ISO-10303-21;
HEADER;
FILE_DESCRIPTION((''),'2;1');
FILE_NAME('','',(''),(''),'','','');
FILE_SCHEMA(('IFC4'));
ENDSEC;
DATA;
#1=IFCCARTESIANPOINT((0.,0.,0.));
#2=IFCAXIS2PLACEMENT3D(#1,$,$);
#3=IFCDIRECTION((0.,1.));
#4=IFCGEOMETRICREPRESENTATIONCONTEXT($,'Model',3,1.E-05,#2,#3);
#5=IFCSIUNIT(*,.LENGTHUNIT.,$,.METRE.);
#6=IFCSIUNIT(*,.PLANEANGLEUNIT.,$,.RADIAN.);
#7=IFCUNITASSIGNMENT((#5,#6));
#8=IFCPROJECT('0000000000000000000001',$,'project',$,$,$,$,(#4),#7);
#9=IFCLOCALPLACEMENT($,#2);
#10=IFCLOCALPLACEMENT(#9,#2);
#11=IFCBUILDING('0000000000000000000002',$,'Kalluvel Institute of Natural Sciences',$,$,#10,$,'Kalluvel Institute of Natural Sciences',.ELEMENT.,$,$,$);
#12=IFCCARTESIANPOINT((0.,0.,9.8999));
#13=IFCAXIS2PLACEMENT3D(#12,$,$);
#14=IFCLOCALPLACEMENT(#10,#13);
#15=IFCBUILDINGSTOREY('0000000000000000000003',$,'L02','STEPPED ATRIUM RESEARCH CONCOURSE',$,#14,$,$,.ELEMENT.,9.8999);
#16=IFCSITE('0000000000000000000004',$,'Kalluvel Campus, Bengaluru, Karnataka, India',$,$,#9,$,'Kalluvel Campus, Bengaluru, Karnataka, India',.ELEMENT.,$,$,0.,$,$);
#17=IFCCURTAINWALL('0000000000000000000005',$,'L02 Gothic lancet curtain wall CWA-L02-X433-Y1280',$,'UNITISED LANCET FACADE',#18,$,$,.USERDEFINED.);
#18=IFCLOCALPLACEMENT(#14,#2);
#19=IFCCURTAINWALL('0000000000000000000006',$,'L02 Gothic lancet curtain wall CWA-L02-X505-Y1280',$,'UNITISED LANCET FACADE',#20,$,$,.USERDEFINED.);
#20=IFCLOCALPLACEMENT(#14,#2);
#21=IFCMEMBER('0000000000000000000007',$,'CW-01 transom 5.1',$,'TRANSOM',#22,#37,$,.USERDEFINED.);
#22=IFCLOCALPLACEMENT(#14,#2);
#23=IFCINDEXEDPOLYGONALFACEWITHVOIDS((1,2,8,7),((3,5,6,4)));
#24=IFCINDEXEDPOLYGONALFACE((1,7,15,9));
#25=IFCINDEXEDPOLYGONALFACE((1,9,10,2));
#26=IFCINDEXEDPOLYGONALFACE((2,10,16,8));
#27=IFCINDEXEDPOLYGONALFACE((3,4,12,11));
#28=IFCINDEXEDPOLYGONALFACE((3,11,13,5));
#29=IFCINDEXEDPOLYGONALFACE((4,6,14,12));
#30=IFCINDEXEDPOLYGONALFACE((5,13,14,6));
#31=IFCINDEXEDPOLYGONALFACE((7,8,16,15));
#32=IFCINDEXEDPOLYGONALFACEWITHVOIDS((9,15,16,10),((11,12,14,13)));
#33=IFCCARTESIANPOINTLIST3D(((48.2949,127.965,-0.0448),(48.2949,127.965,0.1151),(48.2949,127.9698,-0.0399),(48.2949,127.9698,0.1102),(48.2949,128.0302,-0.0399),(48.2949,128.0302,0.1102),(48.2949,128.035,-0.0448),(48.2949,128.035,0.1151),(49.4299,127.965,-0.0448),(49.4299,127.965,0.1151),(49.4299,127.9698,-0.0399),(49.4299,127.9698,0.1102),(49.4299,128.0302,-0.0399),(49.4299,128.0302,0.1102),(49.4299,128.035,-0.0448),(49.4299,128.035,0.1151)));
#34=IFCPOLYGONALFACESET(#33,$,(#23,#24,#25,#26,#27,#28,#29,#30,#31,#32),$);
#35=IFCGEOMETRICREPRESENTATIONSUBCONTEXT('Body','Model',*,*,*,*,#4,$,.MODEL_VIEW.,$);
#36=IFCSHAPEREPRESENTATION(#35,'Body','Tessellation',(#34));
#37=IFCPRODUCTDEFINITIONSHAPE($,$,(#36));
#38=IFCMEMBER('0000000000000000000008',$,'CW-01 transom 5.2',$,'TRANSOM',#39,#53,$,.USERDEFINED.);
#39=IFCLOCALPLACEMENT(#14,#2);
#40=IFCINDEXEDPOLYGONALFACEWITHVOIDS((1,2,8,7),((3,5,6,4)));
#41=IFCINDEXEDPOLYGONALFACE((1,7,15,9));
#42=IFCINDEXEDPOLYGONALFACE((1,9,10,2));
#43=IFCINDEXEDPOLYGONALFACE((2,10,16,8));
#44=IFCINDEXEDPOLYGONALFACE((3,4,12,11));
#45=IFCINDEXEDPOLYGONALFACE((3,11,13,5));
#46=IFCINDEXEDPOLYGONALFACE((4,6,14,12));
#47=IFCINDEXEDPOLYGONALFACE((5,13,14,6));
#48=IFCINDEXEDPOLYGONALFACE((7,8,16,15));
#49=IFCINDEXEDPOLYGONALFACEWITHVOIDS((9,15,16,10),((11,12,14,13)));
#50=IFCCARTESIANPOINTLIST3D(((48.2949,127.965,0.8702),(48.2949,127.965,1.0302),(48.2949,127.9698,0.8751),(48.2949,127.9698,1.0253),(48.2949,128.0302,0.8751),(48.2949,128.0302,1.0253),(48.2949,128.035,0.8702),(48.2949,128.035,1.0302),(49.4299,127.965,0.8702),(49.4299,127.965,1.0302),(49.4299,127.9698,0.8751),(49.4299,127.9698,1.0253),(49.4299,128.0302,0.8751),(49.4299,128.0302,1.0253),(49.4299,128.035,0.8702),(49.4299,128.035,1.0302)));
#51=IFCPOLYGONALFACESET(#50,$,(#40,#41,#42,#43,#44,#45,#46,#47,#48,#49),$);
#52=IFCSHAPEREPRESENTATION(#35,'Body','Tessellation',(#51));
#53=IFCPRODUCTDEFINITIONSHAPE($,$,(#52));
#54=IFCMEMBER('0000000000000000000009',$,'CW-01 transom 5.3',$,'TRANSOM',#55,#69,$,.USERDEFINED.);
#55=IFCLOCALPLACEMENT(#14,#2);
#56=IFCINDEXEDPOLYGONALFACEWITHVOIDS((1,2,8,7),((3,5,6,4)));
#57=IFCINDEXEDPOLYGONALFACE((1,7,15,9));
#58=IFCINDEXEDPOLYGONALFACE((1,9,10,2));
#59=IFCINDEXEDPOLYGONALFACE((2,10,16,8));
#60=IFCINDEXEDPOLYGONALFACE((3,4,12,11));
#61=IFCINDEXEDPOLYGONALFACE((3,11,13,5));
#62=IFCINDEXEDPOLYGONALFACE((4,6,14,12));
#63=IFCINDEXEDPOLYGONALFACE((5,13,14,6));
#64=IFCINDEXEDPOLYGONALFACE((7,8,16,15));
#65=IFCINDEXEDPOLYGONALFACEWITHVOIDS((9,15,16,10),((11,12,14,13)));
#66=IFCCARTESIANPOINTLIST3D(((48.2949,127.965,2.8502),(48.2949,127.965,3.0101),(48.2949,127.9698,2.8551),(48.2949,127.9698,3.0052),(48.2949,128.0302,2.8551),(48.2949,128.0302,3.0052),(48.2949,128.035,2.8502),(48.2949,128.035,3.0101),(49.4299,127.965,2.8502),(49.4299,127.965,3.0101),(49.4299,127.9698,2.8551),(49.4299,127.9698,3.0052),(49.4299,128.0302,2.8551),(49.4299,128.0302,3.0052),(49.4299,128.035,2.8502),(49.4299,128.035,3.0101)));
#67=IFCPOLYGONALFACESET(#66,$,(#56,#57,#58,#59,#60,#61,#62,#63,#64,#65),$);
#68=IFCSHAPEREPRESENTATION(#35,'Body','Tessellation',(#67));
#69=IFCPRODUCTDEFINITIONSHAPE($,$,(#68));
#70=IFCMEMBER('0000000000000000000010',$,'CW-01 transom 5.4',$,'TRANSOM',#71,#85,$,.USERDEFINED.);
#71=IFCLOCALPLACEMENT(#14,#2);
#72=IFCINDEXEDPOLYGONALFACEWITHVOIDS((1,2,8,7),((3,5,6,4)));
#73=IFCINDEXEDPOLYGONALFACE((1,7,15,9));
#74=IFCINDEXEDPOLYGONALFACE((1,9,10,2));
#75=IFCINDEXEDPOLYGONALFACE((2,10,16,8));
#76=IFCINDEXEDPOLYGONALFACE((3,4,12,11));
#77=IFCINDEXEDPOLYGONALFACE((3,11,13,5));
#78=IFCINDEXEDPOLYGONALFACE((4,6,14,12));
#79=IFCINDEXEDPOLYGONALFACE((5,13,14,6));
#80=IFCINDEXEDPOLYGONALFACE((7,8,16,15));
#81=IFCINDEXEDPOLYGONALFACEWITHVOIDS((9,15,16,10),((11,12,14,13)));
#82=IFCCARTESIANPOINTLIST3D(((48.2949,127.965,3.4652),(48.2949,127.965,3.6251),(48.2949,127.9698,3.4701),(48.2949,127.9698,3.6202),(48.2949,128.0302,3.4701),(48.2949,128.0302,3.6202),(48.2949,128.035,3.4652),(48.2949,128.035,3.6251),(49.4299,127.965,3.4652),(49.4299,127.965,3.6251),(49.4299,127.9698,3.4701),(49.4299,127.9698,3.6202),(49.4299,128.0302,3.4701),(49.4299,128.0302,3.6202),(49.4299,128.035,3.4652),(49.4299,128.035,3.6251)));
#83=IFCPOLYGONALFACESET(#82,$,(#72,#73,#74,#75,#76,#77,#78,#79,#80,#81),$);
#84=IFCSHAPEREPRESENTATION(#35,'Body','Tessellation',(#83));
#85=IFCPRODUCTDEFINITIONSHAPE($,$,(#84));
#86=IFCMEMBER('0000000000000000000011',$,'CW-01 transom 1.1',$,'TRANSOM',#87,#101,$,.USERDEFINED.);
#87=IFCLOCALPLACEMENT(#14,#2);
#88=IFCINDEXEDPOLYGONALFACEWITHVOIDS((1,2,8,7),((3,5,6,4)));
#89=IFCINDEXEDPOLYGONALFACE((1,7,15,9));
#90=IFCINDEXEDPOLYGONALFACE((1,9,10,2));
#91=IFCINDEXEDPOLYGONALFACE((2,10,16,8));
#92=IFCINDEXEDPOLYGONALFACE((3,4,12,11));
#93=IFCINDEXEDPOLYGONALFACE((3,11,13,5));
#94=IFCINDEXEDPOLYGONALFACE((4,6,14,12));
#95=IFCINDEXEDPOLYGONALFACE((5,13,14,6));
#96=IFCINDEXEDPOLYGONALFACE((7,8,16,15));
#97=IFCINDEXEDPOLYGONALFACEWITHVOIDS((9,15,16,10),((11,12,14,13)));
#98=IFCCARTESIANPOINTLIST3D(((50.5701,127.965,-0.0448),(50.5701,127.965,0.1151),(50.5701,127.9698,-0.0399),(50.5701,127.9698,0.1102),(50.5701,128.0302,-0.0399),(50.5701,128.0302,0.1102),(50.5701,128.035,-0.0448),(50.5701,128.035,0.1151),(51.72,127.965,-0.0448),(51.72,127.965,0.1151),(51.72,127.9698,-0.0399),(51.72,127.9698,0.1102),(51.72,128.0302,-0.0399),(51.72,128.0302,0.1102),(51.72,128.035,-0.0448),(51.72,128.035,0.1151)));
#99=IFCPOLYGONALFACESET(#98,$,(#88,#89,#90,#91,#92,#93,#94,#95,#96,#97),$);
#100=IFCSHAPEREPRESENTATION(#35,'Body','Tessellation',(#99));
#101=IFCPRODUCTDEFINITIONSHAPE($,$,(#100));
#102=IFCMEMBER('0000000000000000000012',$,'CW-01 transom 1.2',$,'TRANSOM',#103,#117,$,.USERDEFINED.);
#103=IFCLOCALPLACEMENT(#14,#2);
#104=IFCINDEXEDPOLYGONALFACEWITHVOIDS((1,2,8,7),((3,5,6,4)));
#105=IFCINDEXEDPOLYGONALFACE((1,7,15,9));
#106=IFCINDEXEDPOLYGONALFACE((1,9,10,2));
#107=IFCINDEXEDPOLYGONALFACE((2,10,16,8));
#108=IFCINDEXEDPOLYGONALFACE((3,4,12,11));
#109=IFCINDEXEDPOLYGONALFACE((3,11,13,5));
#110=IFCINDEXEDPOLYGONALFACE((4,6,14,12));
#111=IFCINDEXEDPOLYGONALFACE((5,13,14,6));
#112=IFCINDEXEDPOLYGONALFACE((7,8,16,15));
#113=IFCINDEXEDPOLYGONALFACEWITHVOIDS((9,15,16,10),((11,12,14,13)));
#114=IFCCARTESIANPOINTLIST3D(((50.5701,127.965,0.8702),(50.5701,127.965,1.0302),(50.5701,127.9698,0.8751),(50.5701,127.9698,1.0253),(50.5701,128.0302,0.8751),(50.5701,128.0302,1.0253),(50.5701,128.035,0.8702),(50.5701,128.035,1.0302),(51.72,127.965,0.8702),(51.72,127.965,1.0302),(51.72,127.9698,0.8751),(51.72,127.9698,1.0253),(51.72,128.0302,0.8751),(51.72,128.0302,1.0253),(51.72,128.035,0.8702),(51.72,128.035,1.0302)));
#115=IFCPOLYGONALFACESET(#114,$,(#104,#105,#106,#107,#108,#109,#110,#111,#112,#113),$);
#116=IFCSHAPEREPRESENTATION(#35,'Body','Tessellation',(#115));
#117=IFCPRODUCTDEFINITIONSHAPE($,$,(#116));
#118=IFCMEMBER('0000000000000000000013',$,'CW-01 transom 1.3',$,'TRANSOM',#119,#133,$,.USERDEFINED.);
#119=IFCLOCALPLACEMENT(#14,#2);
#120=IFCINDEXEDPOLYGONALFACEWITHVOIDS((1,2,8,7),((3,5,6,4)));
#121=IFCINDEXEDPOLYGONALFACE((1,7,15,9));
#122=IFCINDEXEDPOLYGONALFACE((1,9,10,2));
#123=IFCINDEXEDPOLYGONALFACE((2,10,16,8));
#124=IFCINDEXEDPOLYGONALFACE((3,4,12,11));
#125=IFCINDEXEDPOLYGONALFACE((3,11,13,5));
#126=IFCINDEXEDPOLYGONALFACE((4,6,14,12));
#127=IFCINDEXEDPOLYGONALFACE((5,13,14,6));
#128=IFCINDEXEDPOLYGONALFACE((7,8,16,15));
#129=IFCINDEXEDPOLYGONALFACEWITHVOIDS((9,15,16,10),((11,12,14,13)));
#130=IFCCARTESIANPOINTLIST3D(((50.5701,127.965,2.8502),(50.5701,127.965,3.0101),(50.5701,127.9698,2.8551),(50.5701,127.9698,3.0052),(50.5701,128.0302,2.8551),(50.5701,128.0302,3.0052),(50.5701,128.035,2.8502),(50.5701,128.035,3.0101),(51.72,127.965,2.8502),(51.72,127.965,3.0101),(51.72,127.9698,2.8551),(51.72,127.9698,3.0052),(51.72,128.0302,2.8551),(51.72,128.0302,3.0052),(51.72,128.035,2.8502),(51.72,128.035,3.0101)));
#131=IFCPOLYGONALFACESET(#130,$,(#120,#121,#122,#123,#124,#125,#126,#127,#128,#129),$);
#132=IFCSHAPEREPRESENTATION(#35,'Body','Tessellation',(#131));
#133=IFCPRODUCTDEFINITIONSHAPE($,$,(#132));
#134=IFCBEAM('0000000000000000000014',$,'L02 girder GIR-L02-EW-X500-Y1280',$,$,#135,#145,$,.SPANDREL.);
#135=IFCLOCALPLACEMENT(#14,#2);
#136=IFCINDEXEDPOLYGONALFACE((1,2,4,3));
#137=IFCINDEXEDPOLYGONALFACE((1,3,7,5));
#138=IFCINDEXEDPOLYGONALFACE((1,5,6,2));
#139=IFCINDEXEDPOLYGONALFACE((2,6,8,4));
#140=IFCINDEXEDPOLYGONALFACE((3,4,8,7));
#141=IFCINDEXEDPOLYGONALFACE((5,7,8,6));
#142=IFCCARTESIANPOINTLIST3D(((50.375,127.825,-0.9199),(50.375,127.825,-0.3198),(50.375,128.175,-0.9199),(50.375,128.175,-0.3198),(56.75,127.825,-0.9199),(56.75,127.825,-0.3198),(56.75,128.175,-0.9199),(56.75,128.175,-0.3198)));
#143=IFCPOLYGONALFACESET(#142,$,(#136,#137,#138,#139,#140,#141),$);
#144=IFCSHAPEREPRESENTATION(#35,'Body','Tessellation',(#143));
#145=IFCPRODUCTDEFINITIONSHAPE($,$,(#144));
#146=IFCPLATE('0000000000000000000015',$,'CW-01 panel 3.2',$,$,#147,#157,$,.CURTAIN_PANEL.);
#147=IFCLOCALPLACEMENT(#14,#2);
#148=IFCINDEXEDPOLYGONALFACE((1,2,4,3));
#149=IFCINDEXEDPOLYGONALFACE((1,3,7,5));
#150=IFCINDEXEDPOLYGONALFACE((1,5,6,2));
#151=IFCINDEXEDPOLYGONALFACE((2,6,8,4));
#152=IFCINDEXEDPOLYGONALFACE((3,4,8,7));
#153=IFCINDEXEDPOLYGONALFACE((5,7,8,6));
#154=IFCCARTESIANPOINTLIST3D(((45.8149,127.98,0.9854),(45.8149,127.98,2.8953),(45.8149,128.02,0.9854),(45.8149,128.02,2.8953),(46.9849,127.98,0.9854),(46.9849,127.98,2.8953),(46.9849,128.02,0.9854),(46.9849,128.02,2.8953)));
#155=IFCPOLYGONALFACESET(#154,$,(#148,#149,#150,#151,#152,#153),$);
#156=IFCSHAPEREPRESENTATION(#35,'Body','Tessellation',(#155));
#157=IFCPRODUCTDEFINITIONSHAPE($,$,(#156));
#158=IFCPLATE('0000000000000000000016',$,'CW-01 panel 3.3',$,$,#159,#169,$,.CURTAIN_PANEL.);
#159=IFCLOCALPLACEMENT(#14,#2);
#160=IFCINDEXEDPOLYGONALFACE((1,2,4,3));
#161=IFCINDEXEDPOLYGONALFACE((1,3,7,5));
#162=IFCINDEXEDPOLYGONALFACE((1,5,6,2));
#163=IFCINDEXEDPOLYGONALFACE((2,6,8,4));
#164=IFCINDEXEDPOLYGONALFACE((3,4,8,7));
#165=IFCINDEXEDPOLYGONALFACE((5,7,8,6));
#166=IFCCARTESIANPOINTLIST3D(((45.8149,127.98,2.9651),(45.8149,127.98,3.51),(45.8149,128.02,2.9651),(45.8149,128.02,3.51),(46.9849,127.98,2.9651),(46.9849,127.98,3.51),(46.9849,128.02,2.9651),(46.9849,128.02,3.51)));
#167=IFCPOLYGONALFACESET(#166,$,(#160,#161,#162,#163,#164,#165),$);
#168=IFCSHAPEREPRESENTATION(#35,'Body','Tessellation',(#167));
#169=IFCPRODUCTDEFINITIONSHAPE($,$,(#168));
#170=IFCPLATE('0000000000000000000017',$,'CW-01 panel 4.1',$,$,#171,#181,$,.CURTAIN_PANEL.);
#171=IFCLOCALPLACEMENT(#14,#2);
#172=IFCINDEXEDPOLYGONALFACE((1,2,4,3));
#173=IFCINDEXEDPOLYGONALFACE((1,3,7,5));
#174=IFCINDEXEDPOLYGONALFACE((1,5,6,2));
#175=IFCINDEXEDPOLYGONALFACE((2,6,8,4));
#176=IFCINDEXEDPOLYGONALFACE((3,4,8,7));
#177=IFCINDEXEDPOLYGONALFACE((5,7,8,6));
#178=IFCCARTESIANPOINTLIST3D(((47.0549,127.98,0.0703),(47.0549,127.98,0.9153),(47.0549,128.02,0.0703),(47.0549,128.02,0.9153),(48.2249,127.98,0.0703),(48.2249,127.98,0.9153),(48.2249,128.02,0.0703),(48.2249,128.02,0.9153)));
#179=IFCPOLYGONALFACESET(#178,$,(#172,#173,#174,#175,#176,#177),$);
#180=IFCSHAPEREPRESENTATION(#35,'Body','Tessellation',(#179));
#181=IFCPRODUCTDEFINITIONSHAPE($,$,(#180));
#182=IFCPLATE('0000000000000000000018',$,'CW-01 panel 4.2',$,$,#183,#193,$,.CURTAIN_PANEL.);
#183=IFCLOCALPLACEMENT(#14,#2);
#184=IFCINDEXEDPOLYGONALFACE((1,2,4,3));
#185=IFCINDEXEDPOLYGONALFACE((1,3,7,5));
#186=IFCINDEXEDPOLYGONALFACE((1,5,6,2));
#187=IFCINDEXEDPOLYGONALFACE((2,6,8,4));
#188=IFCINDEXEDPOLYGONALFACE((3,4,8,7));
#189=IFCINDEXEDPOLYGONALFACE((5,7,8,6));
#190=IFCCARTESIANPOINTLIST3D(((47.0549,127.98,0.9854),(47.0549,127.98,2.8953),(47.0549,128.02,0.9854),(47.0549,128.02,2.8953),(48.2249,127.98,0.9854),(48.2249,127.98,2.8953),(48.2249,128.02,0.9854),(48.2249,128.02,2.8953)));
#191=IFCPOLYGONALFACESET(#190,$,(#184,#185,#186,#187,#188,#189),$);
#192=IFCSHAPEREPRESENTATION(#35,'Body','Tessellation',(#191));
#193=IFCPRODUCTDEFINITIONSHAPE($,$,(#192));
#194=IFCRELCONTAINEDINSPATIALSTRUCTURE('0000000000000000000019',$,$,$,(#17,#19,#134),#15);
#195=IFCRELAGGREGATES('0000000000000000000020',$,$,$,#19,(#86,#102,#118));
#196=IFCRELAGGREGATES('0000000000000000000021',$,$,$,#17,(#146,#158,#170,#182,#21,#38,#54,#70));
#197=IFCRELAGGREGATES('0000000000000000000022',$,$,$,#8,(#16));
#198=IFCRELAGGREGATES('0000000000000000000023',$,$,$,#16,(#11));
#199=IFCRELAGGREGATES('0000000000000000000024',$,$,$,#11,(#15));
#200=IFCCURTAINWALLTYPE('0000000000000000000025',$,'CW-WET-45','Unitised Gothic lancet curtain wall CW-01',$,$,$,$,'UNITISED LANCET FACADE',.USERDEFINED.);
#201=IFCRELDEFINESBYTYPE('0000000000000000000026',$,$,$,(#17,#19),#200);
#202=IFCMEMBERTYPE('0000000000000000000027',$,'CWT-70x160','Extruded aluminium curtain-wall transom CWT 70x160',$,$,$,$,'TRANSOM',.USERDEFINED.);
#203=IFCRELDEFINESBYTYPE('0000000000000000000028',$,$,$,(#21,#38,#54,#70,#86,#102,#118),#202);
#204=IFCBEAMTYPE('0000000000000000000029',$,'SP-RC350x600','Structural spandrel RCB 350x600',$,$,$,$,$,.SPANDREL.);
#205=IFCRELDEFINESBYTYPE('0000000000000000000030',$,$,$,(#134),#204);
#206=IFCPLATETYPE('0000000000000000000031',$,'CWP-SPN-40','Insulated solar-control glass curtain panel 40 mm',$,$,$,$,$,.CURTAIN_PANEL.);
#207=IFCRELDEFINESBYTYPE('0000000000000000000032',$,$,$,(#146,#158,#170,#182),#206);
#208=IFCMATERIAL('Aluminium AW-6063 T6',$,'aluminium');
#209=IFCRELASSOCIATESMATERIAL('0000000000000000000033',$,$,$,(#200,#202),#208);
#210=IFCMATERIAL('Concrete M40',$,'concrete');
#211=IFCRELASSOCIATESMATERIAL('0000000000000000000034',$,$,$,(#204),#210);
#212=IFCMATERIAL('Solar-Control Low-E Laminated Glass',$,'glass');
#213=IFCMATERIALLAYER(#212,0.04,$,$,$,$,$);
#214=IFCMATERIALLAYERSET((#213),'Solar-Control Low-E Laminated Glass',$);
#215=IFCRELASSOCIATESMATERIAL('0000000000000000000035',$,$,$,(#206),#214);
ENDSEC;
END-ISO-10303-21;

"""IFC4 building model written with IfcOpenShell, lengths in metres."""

from ifc_helpers import new_model, si_unit, direction, frame, origin, origin_2d, place, context, subcontext, project, spatial, rectangle, hollow_rectangle, extrude, material, layer, layer_set, material_profile, profile_set, type_object, element, aggregate, save


model = new_model("IFC4")

# Units and contexts
model_context = context("Model", 3, precision=1e-05, world=origin(), true_north=direction((0.0, 1.0)))
body_context = subcontext(model_context, "Body", "Model", "MODEL_VIEW")
ifc_project = project(units=[si_unit("LENGTHUNIT", "METRE"), si_unit("PLANEANGLEUNIT", "RADIAN")], contexts=[model_context])

# Site, building, storey
site_placement = place(None, origin())
site = spatial("IfcSite", under=ifc_project, at=site_placement, Name="Kalluvel Campus, Bengaluru, Karnataka, India", LongName="Kalluvel Campus, Bengaluru, Karnataka, India", CompositionType="ELEMENT", RefElevation=0.0)
building_placement = place(site_placement, origin())
building = spatial("IfcBuilding", under=site, at=building_placement, Name="Kalluvel Institute of Natural Sciences", LongName="Kalluvel Institute of Natural Sciences", CompositionType="ELEMENT")
storey_placement = place(building_placement, frame((0.0, 0.0, 9.8999)))
storey = spatial("IfcBuildingStorey", under=building, at=storey_placement, Name="L02", Description="STEPPED ATRIUM RESEARCH CONCOURSE", CompositionType="ELEMENT", Elevation=9.8999)

# Curtain wall
ifc_material_1 = material(Name="Aluminium AW-6063 T6", Category="aluminium")
curtain_wall_type = type_object("IfcCurtainWallType", Name="CW-WET-45", Description="Unitised Gothic lancet curtain wall CW-01", ElementType="UNITISED LANCET FACADE", PredefinedType="USERDEFINED", material=ifc_material_1)
curtain_wall_1_placement = place(storey_placement, origin())
curtain_wall_1 = element("IfcCurtainWall", 1, at=curtain_wall_1_placement, inside=storey, type_object=curtain_wall_type, Name="L02 Gothic lancet curtain wall CWA-L02-X433-Y1280", ObjectType="UNITISED LANCET FACADE", PredefinedType="USERDEFINED")

# Curtain wall
curtain_wall_2_placement = place(storey_placement, origin())
curtain_wall_2 = element("IfcCurtainWall", 2, at=curtain_wall_2_placement, inside=storey, type_object=curtain_wall_type, Name="L02 Gothic lancet curtain wall CWA-L02-X505-Y1280", ObjectType="UNITISED LANCET FACADE", PredefinedType="USERDEFINED")

# Members
ifc_material_profile_1 = material_profile(ifc_material_1, hollow_rectangle(XDim=0.0701, YDim=0.1599, WallThickness=0.0049, at=origin_2d()), Name="CWT 70x160")
ifc_profile_set_1 = profile_set([ifc_material_profile_1], Name="Aluminium AW-6063 T6")
member_type_1 = type_object("IfcMemberType", Name="CWT-70x160", Description="Extruded aluminium curtain-wall transom CWT 70x160", ElementType="TRANSOM", PredefinedType="USERDEFINED", material=ifc_profile_set_1)
member_1_placement = place(storey_placement, frame((48.2949, 128.0, 0.0352), z_axis=(1.0, 0.0, 0.0), x_axis=(0.0, 1.0, 0.0)))
member_1 = element("IfcMember", 3, at=member_1_placement, type_object=member_type_1, Name="CW-01 transom 5.1", ObjectType="TRANSOM", PredefinedType="USERDEFINED", context=body_context, shape_type="SweptSolid", body=[
    extrude(hollow_rectangle(XDim=0.0701, YDim=0.1599, WallThickness=0.0049, at=origin_2d()), origin(), (0.0, 0.0, 1.0), 1.135),
])
member_2_placement = place(storey_placement, frame((48.2949, 128.0, 0.9502), z_axis=(1.0, 0.0, 0.0), x_axis=(0.0, 1.0, 0.0)))
member_2 = element("IfcMember", 4, at=member_2_placement, type_object=member_type_1, Name="CW-01 transom 5.2", ObjectType="TRANSOM", PredefinedType="USERDEFINED", context=body_context, shape_type="SweptSolid", body=[
    extrude(hollow_rectangle(XDim=0.0701, YDim=0.1599, WallThickness=0.0049, at=origin_2d()), origin(), (0.0, 0.0, 1.0), 1.135),
])
member_3_placement = place(storey_placement, frame((48.2949, 128.0, 2.9302), z_axis=(1.0, 0.0, 0.0), x_axis=(0.0, 1.0, 0.0)))
member_3 = element("IfcMember", 5, at=member_3_placement, type_object=member_type_1, Name="CW-01 transom 5.3", ObjectType="TRANSOM", PredefinedType="USERDEFINED", context=body_context, shape_type="SweptSolid", body=[
    extrude(hollow_rectangle(XDim=0.0701, YDim=0.1599, WallThickness=0.0049, at=origin_2d()), origin(), (0.0, 0.0, 1.0), 1.135),
])
member_4_placement = place(storey_placement, frame((48.2949, 128.0, 3.5452), z_axis=(1.0, 0.0, 0.0), x_axis=(0.0, 1.0, 0.0)))
member_4 = element("IfcMember", 6, at=member_4_placement, type_object=member_type_1, Name="CW-01 transom 5.4", ObjectType="TRANSOM", PredefinedType="USERDEFINED", context=body_context, shape_type="SweptSolid", body=[
    extrude(hollow_rectangle(XDim=0.0701, YDim=0.1599, WallThickness=0.0049, at=origin_2d()), origin(), (0.0, 0.0, 1.0), 1.135),
])
member_5_placement = place(storey_placement, frame((50.5701, 128.0, 0.0352), z_axis=(1.0, 0.0, 0.0), x_axis=(0.0, 1.0, 0.0)))
member_5 = element("IfcMember", 7, at=member_5_placement, type_object=member_type_1, Name="CW-01 transom 1.1", ObjectType="TRANSOM", PredefinedType="USERDEFINED", context=body_context, shape_type="SweptSolid", body=[
    extrude(hollow_rectangle(XDim=0.0701, YDim=0.1599, WallThickness=0.0049, at=origin_2d()), origin(), (0.0, 0.0, 1.0), 1.1499),
])
member_6_placement = place(storey_placement, frame((50.5701, 128.0, 0.9502), z_axis=(1.0, 0.0, 0.0), x_axis=(0.0, 1.0, 0.0)))
member_6 = element("IfcMember", 8, at=member_6_placement, type_object=member_type_1, Name="CW-01 transom 1.2", ObjectType="TRANSOM", PredefinedType="USERDEFINED", context=body_context, shape_type="SweptSolid", body=[
    extrude(hollow_rectangle(XDim=0.0701, YDim=0.1599, WallThickness=0.0049, at=origin_2d()), origin(), (0.0, 0.0, 1.0), 1.1499),
])
member_7_placement = place(storey_placement, frame((50.5701, 128.0, 2.9302), z_axis=(1.0, 0.0, 0.0), x_axis=(0.0, 1.0, 0.0)))
member_7 = element("IfcMember", 9, at=member_7_placement, type_object=member_type_1, Name="CW-01 transom 1.3", ObjectType="TRANSOM", PredefinedType="USERDEFINED", context=body_context, shape_type="SweptSolid", body=[
    extrude(hollow_rectangle(XDim=0.0701, YDim=0.1599, WallThickness=0.0049, at=origin_2d()), origin(), (0.0, 0.0, 1.0), 1.1499),
])
aggregate(curtain_wall_2, [member_5, member_6, member_7])

# Beam
ifc_material_2 = material(Name="Concrete M40", Category="concrete")
ifc_material_profile_2 = material_profile(ifc_material_2, rectangle(XDim=0.3501, YDim=0.6001, at=origin_2d()), Name="RCB 350x600")
ifc_profile_set_2 = profile_set([ifc_material_profile_2], Name="Concrete M40")
beam_type = type_object("IfcBeamType", Name="SP-RC350x600", Description="Structural spandrel RCB 350x600", PredefinedType="SPANDREL", material=ifc_profile_set_2)
beam_placement = place(storey_placement, frame((50.375, 128.0, -0.6199), z_axis=(1.0, 0.0, 0.0), x_axis=(0.0, 1.0, 0.0)))
element("IfcBeam", 10, at=beam_placement, inside=storey, type_object=beam_type, Name="L02 girder GIR-L02-EW-X500-Y1280", PredefinedType="SPANDREL", context=body_context, shape_type="SweptSolid", body=[
    extrude(rectangle(XDim=0.3501, YDim=0.6001, at=origin_2d()), origin(), (0.0, 0.0, 1.0), 6.375),
])

# Plates
ifc_material_3 = material(Name="Solar-Control Low-E Laminated Glass", Category="glass")
ifc_layer = layer(ifc_material_3, 0.04)
ifc_layer_set = layer_set([ifc_layer], Name="Solar-Control Low-E Laminated Glass")
plate_type = type_object("IfcPlateType", Name="CWP-SPN-40", Description="Insulated solar-control glass curtain panel 40 mm", PredefinedType="CURTAIN_PANEL", material=ifc_layer_set)
plate_1_placement = place(storey_placement, frame((46.3999, 128.0, 0.9854), z_axis=(0.0, 0.0, 1.0), x_axis=(1.0, 0.0, 0.0)))
plate_1 = element("IfcPlate", 11, at=plate_1_placement, type_object=plate_type, Name="CW-01 panel 3.2", PredefinedType="CURTAIN_PANEL", context=body_context, shape_type="SweptSolid", body=[
    extrude(rectangle(XDim=1.1699, YDim=0.04, at=origin_2d()), origin(), (0.0, 0.0, 1.0), 1.9099),
])
plate_2_placement = place(storey_placement, frame((46.3999, 128.0, 2.9651), z_axis=(0.0, 0.0, 1.0), x_axis=(1.0, 0.0, 0.0)))
plate_2 = element("IfcPlate", 12, at=plate_2_placement, type_object=plate_type, Name="CW-01 panel 3.3", PredefinedType="CURTAIN_PANEL", context=body_context, shape_type="SweptSolid", body=[
    extrude(rectangle(XDim=1.1699, YDim=0.04, at=origin_2d()), origin(), (0.0, 0.0, 1.0), 0.5449),
])
plate_3_placement = place(storey_placement, frame((47.6399, 128.0, 0.0703), z_axis=(0.0, 0.0, 1.0), x_axis=(1.0, 0.0, 0.0)))
plate_3 = element("IfcPlate", 13, at=plate_3_placement, type_object=plate_type, Name="CW-01 panel 4.1", PredefinedType="CURTAIN_PANEL", context=body_context, shape_type="SweptSolid", body=[
    extrude(rectangle(XDim=1.1699, YDim=0.04, at=origin_2d()), origin(), (0.0, 0.0, 1.0), 0.845),
])
plate_4_placement = place(storey_placement, frame((47.6399, 128.0, 0.9854), z_axis=(0.0, 0.0, 1.0), x_axis=(1.0, 0.0, 0.0)))
plate_4 = element("IfcPlate", 14, at=plate_4_placement, type_object=plate_type, Name="CW-01 panel 4.2", PredefinedType="CURTAIN_PANEL", context=body_context, shape_type="SweptSolid", body=[
    extrude(rectangle(XDim=1.1699, YDim=0.04, at=origin_2d()), origin(), (0.0, 0.0, 1.0), 1.9099),
])
aggregate(curtain_wall_1, [plate_1, plate_2, plate_3, plate_4, member_1, member_2, member_3, member_4])

save(model, "model.ifc")
